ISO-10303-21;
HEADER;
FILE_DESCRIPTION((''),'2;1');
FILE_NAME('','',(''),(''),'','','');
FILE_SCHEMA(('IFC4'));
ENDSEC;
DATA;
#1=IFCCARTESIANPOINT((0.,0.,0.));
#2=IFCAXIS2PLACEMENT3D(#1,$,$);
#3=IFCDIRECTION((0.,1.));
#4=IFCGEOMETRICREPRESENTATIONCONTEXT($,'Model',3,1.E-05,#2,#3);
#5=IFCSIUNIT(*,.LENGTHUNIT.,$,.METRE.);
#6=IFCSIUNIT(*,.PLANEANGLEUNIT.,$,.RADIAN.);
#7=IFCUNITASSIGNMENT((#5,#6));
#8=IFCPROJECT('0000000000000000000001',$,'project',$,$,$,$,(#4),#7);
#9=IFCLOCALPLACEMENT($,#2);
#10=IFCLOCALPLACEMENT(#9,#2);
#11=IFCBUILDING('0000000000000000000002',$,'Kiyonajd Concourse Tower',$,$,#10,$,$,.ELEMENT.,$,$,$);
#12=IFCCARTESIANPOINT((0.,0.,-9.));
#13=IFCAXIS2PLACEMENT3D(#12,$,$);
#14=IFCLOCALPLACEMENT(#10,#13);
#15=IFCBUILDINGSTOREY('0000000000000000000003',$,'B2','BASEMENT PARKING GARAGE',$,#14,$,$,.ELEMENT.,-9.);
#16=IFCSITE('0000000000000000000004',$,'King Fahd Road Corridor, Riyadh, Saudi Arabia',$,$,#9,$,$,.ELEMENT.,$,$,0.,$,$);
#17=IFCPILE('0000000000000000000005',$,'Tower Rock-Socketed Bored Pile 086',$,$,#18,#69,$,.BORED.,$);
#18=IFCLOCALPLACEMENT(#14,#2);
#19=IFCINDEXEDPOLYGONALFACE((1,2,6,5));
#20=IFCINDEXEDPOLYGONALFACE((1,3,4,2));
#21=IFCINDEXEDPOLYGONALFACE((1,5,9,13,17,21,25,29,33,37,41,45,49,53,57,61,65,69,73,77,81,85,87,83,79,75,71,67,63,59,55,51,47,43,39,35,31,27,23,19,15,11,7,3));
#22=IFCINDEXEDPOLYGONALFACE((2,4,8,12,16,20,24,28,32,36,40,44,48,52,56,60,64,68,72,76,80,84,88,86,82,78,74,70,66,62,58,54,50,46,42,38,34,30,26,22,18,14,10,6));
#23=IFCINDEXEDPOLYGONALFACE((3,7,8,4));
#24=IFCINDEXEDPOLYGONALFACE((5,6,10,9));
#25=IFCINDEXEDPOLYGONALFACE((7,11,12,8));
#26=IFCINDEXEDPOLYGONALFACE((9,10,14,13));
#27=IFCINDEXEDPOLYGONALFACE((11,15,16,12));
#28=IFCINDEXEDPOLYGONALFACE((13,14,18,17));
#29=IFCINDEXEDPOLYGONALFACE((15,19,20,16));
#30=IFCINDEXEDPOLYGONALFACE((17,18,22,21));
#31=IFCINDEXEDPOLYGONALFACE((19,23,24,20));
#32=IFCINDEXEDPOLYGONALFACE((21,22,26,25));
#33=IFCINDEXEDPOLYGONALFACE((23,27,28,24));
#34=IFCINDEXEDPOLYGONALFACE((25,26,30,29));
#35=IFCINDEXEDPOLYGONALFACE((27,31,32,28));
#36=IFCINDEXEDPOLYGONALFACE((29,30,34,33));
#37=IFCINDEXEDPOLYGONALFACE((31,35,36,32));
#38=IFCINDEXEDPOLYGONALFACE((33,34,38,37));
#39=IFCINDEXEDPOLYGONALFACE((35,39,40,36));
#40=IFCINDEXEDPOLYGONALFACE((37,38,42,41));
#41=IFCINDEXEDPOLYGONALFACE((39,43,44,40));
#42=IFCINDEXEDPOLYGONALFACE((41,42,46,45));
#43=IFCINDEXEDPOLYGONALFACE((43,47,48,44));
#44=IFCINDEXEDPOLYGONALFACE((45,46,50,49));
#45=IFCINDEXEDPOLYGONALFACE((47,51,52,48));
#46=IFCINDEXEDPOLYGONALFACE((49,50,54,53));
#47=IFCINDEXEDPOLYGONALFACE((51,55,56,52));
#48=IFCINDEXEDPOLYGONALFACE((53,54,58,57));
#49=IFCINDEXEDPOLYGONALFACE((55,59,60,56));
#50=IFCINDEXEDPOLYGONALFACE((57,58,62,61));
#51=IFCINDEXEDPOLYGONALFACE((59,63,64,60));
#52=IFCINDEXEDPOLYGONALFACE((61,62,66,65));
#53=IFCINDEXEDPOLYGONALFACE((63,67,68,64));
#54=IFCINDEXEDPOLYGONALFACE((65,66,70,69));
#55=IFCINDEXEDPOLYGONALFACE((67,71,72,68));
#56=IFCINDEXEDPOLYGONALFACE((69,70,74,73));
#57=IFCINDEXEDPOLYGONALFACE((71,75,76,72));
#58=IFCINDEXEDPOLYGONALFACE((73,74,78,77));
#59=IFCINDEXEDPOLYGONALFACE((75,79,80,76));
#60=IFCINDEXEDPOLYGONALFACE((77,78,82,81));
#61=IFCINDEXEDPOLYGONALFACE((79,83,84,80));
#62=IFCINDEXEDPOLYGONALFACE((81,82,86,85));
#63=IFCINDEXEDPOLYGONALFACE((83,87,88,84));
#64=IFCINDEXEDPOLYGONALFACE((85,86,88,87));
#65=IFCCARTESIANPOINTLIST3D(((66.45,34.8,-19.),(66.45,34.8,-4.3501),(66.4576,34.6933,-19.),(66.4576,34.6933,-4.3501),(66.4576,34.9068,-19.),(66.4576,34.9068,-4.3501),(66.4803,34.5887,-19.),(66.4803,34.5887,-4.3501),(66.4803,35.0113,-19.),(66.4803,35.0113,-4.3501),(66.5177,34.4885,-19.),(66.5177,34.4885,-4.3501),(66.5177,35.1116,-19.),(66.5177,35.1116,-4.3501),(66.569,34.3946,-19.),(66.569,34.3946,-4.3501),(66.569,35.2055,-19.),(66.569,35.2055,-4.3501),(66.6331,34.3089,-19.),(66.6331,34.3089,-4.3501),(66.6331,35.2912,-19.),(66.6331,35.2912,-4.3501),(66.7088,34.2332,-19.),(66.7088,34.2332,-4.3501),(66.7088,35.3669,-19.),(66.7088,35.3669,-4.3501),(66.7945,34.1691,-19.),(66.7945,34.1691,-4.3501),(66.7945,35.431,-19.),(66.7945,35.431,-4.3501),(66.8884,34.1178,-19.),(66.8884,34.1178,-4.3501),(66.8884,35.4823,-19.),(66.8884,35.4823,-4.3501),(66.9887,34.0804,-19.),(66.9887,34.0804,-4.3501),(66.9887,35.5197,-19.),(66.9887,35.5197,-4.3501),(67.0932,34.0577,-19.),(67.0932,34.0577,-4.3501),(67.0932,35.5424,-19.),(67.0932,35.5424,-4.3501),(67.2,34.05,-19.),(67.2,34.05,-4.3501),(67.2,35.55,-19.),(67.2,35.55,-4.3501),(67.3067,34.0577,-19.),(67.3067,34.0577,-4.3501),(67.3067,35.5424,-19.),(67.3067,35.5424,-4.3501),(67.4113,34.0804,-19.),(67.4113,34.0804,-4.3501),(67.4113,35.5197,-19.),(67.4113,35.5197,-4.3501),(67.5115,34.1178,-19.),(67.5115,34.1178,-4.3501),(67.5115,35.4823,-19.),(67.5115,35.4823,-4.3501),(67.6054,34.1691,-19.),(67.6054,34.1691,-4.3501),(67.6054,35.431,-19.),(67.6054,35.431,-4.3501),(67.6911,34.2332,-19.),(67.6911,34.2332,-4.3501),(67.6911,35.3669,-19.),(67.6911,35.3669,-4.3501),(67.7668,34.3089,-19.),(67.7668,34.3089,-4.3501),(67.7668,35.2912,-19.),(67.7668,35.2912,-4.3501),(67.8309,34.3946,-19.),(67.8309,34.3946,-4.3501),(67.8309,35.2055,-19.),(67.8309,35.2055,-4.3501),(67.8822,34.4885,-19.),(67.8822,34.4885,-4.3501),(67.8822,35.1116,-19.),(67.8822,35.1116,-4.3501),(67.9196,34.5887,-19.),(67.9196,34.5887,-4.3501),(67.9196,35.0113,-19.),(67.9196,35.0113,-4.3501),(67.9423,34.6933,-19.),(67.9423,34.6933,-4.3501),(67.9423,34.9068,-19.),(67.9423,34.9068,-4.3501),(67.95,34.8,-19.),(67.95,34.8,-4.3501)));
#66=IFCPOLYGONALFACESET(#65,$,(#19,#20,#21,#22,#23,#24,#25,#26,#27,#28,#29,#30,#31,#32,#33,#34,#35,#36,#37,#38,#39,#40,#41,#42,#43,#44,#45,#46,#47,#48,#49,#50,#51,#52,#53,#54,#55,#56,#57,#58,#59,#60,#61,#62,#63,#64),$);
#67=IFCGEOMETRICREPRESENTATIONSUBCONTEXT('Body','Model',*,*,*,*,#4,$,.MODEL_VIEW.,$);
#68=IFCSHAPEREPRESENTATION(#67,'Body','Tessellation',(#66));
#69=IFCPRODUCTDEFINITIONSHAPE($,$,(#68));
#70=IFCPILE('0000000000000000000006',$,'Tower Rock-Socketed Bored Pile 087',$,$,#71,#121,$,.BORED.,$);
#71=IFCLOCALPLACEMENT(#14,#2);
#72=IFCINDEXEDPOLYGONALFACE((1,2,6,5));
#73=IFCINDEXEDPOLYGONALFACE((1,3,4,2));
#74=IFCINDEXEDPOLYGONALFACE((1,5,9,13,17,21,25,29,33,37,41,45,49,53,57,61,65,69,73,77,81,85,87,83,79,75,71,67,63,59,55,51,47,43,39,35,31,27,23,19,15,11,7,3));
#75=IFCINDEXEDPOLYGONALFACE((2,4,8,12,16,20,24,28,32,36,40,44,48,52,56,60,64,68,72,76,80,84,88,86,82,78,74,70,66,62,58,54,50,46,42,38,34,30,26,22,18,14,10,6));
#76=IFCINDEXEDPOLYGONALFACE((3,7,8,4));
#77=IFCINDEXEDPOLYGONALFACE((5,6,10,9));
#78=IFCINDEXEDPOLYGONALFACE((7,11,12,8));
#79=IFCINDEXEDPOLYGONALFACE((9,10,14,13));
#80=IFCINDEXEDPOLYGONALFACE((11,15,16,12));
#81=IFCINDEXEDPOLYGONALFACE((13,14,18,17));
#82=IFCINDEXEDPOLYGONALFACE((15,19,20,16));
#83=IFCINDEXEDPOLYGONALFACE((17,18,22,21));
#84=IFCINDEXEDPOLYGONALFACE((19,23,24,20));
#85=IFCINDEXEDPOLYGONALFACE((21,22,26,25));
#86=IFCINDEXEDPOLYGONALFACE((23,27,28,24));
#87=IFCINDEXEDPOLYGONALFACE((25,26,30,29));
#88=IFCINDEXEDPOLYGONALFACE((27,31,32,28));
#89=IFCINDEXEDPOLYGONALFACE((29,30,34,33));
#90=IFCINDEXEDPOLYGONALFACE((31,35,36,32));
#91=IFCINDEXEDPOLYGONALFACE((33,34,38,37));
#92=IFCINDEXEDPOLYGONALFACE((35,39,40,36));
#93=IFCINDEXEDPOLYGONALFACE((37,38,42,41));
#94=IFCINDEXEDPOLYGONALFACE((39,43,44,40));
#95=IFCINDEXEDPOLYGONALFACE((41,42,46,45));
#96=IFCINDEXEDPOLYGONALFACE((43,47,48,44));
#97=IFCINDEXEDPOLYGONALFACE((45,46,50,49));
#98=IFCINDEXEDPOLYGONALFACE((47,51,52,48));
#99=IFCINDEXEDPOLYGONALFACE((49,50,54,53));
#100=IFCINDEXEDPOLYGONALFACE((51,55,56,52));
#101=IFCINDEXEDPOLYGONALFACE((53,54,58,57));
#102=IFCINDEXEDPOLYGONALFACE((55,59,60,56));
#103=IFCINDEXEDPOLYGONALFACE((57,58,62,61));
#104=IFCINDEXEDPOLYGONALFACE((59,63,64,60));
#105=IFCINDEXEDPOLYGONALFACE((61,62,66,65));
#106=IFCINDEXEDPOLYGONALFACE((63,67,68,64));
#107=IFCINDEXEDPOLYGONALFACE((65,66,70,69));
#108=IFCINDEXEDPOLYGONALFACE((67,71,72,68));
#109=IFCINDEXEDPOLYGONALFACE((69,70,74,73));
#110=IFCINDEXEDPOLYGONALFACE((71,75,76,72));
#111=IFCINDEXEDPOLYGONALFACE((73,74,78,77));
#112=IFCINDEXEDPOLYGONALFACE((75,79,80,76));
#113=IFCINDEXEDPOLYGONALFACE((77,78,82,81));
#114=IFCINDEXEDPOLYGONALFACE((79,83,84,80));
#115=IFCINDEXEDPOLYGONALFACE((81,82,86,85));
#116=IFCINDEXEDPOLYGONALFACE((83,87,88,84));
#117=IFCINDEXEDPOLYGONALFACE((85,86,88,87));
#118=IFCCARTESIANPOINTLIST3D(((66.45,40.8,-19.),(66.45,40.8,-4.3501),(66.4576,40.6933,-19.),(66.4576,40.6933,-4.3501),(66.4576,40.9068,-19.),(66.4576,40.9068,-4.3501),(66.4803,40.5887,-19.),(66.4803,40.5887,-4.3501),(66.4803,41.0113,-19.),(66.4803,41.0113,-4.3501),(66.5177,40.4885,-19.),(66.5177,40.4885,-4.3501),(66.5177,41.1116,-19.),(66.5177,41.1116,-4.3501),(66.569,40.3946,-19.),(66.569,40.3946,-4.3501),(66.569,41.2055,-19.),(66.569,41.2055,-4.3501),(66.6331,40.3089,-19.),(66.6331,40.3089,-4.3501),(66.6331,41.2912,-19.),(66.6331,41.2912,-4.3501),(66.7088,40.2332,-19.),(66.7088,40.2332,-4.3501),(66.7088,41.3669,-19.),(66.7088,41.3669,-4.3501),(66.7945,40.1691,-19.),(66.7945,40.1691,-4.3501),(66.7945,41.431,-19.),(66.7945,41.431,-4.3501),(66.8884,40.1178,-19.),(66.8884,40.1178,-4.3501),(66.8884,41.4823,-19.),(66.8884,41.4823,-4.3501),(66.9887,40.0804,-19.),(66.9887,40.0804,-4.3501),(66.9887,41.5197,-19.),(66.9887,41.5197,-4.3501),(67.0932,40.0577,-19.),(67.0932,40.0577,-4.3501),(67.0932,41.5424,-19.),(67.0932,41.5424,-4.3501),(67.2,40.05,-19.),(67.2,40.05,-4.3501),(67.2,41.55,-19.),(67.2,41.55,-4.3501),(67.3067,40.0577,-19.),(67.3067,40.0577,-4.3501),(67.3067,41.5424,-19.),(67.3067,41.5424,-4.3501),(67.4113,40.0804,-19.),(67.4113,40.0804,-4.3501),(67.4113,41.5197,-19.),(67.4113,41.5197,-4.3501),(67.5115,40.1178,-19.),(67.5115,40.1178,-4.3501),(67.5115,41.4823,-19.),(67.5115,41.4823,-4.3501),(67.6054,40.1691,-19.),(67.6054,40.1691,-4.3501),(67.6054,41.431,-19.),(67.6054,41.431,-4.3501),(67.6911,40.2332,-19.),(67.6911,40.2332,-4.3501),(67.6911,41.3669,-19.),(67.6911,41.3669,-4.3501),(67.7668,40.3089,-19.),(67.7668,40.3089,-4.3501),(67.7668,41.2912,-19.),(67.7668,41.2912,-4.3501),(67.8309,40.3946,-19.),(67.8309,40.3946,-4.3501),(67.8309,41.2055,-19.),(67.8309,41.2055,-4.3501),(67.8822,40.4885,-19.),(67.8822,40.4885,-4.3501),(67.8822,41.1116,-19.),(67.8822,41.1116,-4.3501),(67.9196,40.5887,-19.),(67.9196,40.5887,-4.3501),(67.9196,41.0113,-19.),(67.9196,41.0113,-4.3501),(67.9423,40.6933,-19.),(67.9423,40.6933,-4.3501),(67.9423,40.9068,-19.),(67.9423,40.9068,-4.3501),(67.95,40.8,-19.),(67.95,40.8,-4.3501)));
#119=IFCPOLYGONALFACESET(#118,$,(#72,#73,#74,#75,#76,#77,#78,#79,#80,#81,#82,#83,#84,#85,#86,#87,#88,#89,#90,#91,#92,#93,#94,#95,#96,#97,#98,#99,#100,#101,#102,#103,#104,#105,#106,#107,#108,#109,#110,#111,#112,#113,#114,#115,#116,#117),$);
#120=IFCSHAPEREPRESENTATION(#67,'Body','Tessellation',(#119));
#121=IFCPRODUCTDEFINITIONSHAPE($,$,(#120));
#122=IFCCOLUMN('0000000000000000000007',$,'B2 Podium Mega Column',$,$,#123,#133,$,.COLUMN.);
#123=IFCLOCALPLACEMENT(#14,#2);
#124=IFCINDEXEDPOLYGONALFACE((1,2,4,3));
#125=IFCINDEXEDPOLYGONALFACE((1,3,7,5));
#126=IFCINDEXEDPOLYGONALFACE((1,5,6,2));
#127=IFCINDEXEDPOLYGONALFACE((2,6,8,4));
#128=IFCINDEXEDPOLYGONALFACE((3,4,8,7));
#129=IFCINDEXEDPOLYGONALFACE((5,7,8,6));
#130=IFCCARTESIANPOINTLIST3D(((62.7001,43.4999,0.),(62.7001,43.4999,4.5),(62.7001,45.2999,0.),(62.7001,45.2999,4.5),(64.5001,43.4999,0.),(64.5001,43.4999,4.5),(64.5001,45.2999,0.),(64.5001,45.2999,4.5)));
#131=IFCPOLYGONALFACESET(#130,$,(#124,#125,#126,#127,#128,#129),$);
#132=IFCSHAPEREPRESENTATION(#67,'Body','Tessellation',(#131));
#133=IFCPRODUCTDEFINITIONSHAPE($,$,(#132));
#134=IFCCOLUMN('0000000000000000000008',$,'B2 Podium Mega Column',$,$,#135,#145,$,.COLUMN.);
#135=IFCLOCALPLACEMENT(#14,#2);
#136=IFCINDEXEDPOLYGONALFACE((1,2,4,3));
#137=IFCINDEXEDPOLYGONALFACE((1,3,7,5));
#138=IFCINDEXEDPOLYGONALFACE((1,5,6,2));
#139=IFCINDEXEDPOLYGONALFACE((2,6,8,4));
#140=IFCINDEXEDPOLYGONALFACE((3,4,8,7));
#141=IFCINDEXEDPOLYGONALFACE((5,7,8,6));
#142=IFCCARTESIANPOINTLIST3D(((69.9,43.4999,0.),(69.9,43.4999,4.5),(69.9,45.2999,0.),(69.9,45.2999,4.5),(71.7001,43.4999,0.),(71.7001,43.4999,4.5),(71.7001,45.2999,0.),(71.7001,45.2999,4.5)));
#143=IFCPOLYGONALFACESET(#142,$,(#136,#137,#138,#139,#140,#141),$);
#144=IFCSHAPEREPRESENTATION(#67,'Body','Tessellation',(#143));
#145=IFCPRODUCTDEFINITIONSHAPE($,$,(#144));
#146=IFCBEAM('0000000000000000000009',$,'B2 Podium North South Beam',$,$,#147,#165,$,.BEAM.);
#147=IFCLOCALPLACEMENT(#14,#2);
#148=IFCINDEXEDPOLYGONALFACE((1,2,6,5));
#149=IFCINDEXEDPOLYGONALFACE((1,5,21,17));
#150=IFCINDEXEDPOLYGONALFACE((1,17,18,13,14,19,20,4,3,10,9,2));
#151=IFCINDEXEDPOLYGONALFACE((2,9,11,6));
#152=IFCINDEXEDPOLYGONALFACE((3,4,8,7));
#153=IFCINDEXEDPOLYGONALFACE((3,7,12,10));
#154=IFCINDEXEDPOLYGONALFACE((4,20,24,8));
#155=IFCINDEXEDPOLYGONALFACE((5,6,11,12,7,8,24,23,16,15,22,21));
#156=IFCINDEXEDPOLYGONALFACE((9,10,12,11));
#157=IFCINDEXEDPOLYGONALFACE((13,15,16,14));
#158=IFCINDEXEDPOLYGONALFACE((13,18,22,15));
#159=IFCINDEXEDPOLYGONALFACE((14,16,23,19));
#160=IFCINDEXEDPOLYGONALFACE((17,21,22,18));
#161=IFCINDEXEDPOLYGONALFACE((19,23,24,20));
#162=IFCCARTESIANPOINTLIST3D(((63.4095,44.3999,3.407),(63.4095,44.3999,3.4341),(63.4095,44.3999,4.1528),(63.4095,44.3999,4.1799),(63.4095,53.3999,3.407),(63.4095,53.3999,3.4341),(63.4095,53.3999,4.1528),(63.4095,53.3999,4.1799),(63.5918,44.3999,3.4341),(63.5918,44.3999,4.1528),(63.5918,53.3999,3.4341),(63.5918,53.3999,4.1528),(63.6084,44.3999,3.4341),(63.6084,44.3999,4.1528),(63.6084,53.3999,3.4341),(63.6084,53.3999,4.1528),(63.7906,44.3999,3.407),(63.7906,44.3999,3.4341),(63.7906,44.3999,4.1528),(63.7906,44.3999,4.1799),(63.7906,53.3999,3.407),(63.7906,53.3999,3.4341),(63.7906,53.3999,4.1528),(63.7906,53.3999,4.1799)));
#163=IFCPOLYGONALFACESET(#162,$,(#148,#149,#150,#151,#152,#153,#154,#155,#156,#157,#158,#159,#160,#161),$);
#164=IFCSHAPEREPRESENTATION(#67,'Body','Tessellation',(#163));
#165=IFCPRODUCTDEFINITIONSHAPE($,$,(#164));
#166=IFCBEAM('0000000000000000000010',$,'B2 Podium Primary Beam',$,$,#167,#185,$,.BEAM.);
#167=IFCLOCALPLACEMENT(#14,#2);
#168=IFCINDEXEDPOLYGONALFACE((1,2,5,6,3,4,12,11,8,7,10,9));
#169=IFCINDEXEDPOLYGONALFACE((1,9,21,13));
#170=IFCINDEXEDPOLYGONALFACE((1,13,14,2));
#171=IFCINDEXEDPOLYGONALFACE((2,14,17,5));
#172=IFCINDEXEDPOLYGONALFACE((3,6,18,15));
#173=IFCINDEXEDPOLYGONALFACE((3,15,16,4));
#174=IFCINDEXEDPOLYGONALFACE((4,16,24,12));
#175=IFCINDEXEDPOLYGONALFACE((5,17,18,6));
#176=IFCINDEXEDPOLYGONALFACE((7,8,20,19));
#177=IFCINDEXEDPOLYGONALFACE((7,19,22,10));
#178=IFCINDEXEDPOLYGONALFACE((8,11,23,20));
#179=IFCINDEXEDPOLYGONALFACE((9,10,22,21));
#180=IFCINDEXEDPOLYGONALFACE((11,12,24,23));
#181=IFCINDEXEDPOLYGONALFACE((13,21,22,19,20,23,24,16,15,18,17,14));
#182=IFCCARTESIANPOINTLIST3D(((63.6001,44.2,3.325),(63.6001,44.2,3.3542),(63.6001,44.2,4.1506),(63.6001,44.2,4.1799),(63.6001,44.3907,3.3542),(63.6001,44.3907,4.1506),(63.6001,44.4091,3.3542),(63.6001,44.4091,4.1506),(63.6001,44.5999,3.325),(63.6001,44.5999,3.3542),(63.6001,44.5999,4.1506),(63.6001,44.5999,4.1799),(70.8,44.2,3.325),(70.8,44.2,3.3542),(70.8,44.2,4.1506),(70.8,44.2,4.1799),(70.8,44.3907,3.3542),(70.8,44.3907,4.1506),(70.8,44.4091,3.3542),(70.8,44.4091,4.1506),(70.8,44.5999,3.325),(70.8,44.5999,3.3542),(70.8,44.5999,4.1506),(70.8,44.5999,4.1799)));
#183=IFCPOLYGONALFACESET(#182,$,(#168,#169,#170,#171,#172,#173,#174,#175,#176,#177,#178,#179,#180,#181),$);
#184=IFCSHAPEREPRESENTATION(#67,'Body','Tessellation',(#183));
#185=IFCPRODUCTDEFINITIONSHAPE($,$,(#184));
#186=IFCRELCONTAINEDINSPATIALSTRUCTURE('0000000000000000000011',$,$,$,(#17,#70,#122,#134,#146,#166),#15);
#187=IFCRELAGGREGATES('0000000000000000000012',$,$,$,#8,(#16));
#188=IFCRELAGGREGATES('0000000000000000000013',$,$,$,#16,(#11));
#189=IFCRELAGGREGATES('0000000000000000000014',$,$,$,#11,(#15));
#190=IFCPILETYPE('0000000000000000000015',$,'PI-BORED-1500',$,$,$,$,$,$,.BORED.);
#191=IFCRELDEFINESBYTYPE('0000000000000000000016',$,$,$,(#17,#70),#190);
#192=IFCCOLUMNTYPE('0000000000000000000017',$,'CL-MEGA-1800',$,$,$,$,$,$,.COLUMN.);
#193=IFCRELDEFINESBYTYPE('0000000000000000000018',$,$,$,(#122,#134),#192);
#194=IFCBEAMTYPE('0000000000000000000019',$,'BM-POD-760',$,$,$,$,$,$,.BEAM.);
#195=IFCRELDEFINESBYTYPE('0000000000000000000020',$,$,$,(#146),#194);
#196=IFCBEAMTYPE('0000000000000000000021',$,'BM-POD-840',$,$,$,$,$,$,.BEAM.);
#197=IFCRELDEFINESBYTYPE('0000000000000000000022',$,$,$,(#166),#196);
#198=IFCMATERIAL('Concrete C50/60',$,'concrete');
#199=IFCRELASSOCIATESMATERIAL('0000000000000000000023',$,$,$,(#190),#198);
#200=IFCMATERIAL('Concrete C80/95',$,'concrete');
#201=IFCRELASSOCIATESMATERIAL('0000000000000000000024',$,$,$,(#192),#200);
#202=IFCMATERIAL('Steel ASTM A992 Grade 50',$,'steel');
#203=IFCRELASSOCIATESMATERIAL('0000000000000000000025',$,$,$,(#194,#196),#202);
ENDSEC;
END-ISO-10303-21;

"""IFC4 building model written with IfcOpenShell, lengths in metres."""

from ifc_helpers import new_model, si_unit, direction, frame, origin, origin_2d, place, context, subcontext, project, spatial, rectangle, circle, i_section, extrude, material, material_profile, profile_set, type_object, element, save


model = new_model("IFC4")

# Units and contexts
model_context = context("Model", 3, precision=1e-05, world=origin(), true_north=direction((0.0, 1.0)))
body_context = subcontext(model_context, "Body", "Model", "MODEL_VIEW")
ifc_project = project(units=[si_unit("LENGTHUNIT", "METRE"), si_unit("PLANEANGLEUNIT", "RADIAN")], contexts=[model_context])

# Site, building, storey
site_placement = place(None, origin())
site = spatial("IfcSite", under=ifc_project, at=site_placement, Name="King Fahd Road Corridor, Riyadh, Saudi Arabia", CompositionType="ELEMENT", RefElevation=0.0)
building_placement = place(site_placement, origin())
building = spatial("IfcBuilding", under=site, at=building_placement, Name="Kiyonajd Concourse Tower", CompositionType="ELEMENT")
storey_placement = place(building_placement, frame((0.0, 0.0, -9.0)))
storey = spatial("IfcBuildingStorey", under=building, at=storey_placement, Name="B2", Description="BASEMENT PARKING GARAGE", CompositionType="ELEMENT", Elevation=-9.0)

# Piles
ifc_material_1 = material(Name="Concrete C50/60", Category="concrete")
ifc_material_profile_1 = material_profile(ifc_material_1, circle(Radius=0.75, at=origin_2d()), Name="PILE-D1500")
ifc_profile_set_1 = profile_set([ifc_material_profile_1], Name="Concrete C50/60")
pile_type = type_object("IfcPileType", Name="PI-BORED-1500", PredefinedType="BORED", material=ifc_profile_set_1)
for number, where, z_axis, x_axis, name in (
    (1, (67.2, 34.8, -4.3501), (0.0, 0.0, -1.0), (1.0, 0.0, 0.0), "Tower Rock-Socketed Bored Pile 086"),
    (2, (67.2, 40.8, -4.3501), (0.0, 0.0, -1.0), (1.0, 0.0, 0.0), "Tower Rock-Socketed Bored Pile 087"),
):
    element("IfcPile", number, at=place(storey_placement, frame(where, z_axis=z_axis, x_axis=x_axis)), inside=storey, type_object=pile_type, Name=name, PredefinedType="BORED", context=body_context, shape_type="SweptSolid", body=[
        extrude(circle(Radius=0.75, at=origin_2d()), origin(), (0.0, 0.0, 1.0), 14.6499),
    ])

# Columns
ifc_material_2 = material(Name="Concrete C80/95", Category="concrete")
ifc_material_profile_2 = material_profile(ifc_material_2, rectangle(XDim=1.8, YDim=1.8, at=origin_2d()), Name="RC-1800x1800")
ifc_profile_set_2 = profile_set([ifc_material_profile_2], Name="Concrete C80/95")
column_type = type_object("IfcColumnType", Name="CL-MEGA-1800", PredefinedType="COLUMN", material=ifc_profile_set_2)
for number, where, z_axis, x_axis, name in (
    (3, (63.6001, 44.3999, 0.0), (0.0, 0.0, 1.0), (1.0, 0.0, 0.0), "B2 Podium Mega Column"),
    (4, (70.8, 44.3999, 0.0), (0.0, 0.0, 1.0), (1.0, 0.0, 0.0), "B2 Podium Mega Column"),
):
    element("IfcColumn", number, at=place(storey_placement, frame(where, z_axis=z_axis, x_axis=x_axis)), inside=storey, type_object=column_type, Name=name, PredefinedType="COLUMN", context=body_context, shape_type="SweptSolid", body=[
        extrude(rectangle(XDim=1.8, YDim=1.8, at=origin_2d()), origin(), (0.0, 0.0, 1.0), 4.5),
    ])

# Beams
ifc_material_3 = material(Name="Steel ASTM A992 Grade 50", Category="steel")
ifc_material_profile_3 = material_profile(ifc_material_3, i_section(OverallWidth=0.3811, OverallDepth=0.7729, WebThickness=0.0166, FlangeThickness=0.0271, at=origin_2d()), Name="W760X257")
ifc_profile_set_3 = profile_set([ifc_material_profile_3], Name="Steel ASTM A992 Grade 50")
beam_type_1 = type_object("IfcBeamType", Name="BM-POD-760", PredefinedType="BEAM", material=ifc_profile_set_3)
beam_1_placement = place(storey_placement, frame((63.6001, 44.3999, 3.7935), z_axis=(0.0, 1.0, 0.0), x_axis=(-1.0, 0.0, 0.0)))
element("IfcBeam", 5, at=beam_1_placement, inside=storey, type_object=beam_type_1, Name="B2 Podium North South Beam", PredefinedType="BEAM", context=body_context, shape_type="SweptSolid", body=[
    extrude(i_section(OverallWidth=0.3811, OverallDepth=0.7729, WebThickness=0.0166, FlangeThickness=0.0271, at=origin_2d()), origin(), (0.0, 0.0, 1.0), 9.0),
])
ifc_material_profile_4 = material_profile(ifc_material_3, i_section(OverallWidth=0.3999, OverallDepth=0.855, WebThickness=0.0183, FlangeThickness=0.0293, at=origin_2d()), Name="W840X299")
ifc_profile_set_4 = profile_set([ifc_material_profile_4], Name="Steel ASTM A992 Grade 50")
beam_type_2 = type_object("IfcBeamType", Name="BM-POD-840", PredefinedType="BEAM", material=ifc_profile_set_4)
beam_2_placement = place(storey_placement, frame((63.6001, 44.3999, 3.7524), z_axis=(1.0, 0.0, 0.0), x_axis=(0.0, 1.0, 0.0)))
element("IfcBeam", 6, at=beam_2_placement, inside=storey, type_object=beam_type_2, Name="B2 Podium Primary Beam", PredefinedType="BEAM", context=body_context, shape_type="SweptSolid", body=[
    extrude(i_section(OverallWidth=0.3999, OverallDepth=0.855, WebThickness=0.0183, FlangeThickness=0.0293, at=origin_2d()), origin(), (0.0, 0.0, 1.0), 7.2),
])

save(model, "model.ifc")
